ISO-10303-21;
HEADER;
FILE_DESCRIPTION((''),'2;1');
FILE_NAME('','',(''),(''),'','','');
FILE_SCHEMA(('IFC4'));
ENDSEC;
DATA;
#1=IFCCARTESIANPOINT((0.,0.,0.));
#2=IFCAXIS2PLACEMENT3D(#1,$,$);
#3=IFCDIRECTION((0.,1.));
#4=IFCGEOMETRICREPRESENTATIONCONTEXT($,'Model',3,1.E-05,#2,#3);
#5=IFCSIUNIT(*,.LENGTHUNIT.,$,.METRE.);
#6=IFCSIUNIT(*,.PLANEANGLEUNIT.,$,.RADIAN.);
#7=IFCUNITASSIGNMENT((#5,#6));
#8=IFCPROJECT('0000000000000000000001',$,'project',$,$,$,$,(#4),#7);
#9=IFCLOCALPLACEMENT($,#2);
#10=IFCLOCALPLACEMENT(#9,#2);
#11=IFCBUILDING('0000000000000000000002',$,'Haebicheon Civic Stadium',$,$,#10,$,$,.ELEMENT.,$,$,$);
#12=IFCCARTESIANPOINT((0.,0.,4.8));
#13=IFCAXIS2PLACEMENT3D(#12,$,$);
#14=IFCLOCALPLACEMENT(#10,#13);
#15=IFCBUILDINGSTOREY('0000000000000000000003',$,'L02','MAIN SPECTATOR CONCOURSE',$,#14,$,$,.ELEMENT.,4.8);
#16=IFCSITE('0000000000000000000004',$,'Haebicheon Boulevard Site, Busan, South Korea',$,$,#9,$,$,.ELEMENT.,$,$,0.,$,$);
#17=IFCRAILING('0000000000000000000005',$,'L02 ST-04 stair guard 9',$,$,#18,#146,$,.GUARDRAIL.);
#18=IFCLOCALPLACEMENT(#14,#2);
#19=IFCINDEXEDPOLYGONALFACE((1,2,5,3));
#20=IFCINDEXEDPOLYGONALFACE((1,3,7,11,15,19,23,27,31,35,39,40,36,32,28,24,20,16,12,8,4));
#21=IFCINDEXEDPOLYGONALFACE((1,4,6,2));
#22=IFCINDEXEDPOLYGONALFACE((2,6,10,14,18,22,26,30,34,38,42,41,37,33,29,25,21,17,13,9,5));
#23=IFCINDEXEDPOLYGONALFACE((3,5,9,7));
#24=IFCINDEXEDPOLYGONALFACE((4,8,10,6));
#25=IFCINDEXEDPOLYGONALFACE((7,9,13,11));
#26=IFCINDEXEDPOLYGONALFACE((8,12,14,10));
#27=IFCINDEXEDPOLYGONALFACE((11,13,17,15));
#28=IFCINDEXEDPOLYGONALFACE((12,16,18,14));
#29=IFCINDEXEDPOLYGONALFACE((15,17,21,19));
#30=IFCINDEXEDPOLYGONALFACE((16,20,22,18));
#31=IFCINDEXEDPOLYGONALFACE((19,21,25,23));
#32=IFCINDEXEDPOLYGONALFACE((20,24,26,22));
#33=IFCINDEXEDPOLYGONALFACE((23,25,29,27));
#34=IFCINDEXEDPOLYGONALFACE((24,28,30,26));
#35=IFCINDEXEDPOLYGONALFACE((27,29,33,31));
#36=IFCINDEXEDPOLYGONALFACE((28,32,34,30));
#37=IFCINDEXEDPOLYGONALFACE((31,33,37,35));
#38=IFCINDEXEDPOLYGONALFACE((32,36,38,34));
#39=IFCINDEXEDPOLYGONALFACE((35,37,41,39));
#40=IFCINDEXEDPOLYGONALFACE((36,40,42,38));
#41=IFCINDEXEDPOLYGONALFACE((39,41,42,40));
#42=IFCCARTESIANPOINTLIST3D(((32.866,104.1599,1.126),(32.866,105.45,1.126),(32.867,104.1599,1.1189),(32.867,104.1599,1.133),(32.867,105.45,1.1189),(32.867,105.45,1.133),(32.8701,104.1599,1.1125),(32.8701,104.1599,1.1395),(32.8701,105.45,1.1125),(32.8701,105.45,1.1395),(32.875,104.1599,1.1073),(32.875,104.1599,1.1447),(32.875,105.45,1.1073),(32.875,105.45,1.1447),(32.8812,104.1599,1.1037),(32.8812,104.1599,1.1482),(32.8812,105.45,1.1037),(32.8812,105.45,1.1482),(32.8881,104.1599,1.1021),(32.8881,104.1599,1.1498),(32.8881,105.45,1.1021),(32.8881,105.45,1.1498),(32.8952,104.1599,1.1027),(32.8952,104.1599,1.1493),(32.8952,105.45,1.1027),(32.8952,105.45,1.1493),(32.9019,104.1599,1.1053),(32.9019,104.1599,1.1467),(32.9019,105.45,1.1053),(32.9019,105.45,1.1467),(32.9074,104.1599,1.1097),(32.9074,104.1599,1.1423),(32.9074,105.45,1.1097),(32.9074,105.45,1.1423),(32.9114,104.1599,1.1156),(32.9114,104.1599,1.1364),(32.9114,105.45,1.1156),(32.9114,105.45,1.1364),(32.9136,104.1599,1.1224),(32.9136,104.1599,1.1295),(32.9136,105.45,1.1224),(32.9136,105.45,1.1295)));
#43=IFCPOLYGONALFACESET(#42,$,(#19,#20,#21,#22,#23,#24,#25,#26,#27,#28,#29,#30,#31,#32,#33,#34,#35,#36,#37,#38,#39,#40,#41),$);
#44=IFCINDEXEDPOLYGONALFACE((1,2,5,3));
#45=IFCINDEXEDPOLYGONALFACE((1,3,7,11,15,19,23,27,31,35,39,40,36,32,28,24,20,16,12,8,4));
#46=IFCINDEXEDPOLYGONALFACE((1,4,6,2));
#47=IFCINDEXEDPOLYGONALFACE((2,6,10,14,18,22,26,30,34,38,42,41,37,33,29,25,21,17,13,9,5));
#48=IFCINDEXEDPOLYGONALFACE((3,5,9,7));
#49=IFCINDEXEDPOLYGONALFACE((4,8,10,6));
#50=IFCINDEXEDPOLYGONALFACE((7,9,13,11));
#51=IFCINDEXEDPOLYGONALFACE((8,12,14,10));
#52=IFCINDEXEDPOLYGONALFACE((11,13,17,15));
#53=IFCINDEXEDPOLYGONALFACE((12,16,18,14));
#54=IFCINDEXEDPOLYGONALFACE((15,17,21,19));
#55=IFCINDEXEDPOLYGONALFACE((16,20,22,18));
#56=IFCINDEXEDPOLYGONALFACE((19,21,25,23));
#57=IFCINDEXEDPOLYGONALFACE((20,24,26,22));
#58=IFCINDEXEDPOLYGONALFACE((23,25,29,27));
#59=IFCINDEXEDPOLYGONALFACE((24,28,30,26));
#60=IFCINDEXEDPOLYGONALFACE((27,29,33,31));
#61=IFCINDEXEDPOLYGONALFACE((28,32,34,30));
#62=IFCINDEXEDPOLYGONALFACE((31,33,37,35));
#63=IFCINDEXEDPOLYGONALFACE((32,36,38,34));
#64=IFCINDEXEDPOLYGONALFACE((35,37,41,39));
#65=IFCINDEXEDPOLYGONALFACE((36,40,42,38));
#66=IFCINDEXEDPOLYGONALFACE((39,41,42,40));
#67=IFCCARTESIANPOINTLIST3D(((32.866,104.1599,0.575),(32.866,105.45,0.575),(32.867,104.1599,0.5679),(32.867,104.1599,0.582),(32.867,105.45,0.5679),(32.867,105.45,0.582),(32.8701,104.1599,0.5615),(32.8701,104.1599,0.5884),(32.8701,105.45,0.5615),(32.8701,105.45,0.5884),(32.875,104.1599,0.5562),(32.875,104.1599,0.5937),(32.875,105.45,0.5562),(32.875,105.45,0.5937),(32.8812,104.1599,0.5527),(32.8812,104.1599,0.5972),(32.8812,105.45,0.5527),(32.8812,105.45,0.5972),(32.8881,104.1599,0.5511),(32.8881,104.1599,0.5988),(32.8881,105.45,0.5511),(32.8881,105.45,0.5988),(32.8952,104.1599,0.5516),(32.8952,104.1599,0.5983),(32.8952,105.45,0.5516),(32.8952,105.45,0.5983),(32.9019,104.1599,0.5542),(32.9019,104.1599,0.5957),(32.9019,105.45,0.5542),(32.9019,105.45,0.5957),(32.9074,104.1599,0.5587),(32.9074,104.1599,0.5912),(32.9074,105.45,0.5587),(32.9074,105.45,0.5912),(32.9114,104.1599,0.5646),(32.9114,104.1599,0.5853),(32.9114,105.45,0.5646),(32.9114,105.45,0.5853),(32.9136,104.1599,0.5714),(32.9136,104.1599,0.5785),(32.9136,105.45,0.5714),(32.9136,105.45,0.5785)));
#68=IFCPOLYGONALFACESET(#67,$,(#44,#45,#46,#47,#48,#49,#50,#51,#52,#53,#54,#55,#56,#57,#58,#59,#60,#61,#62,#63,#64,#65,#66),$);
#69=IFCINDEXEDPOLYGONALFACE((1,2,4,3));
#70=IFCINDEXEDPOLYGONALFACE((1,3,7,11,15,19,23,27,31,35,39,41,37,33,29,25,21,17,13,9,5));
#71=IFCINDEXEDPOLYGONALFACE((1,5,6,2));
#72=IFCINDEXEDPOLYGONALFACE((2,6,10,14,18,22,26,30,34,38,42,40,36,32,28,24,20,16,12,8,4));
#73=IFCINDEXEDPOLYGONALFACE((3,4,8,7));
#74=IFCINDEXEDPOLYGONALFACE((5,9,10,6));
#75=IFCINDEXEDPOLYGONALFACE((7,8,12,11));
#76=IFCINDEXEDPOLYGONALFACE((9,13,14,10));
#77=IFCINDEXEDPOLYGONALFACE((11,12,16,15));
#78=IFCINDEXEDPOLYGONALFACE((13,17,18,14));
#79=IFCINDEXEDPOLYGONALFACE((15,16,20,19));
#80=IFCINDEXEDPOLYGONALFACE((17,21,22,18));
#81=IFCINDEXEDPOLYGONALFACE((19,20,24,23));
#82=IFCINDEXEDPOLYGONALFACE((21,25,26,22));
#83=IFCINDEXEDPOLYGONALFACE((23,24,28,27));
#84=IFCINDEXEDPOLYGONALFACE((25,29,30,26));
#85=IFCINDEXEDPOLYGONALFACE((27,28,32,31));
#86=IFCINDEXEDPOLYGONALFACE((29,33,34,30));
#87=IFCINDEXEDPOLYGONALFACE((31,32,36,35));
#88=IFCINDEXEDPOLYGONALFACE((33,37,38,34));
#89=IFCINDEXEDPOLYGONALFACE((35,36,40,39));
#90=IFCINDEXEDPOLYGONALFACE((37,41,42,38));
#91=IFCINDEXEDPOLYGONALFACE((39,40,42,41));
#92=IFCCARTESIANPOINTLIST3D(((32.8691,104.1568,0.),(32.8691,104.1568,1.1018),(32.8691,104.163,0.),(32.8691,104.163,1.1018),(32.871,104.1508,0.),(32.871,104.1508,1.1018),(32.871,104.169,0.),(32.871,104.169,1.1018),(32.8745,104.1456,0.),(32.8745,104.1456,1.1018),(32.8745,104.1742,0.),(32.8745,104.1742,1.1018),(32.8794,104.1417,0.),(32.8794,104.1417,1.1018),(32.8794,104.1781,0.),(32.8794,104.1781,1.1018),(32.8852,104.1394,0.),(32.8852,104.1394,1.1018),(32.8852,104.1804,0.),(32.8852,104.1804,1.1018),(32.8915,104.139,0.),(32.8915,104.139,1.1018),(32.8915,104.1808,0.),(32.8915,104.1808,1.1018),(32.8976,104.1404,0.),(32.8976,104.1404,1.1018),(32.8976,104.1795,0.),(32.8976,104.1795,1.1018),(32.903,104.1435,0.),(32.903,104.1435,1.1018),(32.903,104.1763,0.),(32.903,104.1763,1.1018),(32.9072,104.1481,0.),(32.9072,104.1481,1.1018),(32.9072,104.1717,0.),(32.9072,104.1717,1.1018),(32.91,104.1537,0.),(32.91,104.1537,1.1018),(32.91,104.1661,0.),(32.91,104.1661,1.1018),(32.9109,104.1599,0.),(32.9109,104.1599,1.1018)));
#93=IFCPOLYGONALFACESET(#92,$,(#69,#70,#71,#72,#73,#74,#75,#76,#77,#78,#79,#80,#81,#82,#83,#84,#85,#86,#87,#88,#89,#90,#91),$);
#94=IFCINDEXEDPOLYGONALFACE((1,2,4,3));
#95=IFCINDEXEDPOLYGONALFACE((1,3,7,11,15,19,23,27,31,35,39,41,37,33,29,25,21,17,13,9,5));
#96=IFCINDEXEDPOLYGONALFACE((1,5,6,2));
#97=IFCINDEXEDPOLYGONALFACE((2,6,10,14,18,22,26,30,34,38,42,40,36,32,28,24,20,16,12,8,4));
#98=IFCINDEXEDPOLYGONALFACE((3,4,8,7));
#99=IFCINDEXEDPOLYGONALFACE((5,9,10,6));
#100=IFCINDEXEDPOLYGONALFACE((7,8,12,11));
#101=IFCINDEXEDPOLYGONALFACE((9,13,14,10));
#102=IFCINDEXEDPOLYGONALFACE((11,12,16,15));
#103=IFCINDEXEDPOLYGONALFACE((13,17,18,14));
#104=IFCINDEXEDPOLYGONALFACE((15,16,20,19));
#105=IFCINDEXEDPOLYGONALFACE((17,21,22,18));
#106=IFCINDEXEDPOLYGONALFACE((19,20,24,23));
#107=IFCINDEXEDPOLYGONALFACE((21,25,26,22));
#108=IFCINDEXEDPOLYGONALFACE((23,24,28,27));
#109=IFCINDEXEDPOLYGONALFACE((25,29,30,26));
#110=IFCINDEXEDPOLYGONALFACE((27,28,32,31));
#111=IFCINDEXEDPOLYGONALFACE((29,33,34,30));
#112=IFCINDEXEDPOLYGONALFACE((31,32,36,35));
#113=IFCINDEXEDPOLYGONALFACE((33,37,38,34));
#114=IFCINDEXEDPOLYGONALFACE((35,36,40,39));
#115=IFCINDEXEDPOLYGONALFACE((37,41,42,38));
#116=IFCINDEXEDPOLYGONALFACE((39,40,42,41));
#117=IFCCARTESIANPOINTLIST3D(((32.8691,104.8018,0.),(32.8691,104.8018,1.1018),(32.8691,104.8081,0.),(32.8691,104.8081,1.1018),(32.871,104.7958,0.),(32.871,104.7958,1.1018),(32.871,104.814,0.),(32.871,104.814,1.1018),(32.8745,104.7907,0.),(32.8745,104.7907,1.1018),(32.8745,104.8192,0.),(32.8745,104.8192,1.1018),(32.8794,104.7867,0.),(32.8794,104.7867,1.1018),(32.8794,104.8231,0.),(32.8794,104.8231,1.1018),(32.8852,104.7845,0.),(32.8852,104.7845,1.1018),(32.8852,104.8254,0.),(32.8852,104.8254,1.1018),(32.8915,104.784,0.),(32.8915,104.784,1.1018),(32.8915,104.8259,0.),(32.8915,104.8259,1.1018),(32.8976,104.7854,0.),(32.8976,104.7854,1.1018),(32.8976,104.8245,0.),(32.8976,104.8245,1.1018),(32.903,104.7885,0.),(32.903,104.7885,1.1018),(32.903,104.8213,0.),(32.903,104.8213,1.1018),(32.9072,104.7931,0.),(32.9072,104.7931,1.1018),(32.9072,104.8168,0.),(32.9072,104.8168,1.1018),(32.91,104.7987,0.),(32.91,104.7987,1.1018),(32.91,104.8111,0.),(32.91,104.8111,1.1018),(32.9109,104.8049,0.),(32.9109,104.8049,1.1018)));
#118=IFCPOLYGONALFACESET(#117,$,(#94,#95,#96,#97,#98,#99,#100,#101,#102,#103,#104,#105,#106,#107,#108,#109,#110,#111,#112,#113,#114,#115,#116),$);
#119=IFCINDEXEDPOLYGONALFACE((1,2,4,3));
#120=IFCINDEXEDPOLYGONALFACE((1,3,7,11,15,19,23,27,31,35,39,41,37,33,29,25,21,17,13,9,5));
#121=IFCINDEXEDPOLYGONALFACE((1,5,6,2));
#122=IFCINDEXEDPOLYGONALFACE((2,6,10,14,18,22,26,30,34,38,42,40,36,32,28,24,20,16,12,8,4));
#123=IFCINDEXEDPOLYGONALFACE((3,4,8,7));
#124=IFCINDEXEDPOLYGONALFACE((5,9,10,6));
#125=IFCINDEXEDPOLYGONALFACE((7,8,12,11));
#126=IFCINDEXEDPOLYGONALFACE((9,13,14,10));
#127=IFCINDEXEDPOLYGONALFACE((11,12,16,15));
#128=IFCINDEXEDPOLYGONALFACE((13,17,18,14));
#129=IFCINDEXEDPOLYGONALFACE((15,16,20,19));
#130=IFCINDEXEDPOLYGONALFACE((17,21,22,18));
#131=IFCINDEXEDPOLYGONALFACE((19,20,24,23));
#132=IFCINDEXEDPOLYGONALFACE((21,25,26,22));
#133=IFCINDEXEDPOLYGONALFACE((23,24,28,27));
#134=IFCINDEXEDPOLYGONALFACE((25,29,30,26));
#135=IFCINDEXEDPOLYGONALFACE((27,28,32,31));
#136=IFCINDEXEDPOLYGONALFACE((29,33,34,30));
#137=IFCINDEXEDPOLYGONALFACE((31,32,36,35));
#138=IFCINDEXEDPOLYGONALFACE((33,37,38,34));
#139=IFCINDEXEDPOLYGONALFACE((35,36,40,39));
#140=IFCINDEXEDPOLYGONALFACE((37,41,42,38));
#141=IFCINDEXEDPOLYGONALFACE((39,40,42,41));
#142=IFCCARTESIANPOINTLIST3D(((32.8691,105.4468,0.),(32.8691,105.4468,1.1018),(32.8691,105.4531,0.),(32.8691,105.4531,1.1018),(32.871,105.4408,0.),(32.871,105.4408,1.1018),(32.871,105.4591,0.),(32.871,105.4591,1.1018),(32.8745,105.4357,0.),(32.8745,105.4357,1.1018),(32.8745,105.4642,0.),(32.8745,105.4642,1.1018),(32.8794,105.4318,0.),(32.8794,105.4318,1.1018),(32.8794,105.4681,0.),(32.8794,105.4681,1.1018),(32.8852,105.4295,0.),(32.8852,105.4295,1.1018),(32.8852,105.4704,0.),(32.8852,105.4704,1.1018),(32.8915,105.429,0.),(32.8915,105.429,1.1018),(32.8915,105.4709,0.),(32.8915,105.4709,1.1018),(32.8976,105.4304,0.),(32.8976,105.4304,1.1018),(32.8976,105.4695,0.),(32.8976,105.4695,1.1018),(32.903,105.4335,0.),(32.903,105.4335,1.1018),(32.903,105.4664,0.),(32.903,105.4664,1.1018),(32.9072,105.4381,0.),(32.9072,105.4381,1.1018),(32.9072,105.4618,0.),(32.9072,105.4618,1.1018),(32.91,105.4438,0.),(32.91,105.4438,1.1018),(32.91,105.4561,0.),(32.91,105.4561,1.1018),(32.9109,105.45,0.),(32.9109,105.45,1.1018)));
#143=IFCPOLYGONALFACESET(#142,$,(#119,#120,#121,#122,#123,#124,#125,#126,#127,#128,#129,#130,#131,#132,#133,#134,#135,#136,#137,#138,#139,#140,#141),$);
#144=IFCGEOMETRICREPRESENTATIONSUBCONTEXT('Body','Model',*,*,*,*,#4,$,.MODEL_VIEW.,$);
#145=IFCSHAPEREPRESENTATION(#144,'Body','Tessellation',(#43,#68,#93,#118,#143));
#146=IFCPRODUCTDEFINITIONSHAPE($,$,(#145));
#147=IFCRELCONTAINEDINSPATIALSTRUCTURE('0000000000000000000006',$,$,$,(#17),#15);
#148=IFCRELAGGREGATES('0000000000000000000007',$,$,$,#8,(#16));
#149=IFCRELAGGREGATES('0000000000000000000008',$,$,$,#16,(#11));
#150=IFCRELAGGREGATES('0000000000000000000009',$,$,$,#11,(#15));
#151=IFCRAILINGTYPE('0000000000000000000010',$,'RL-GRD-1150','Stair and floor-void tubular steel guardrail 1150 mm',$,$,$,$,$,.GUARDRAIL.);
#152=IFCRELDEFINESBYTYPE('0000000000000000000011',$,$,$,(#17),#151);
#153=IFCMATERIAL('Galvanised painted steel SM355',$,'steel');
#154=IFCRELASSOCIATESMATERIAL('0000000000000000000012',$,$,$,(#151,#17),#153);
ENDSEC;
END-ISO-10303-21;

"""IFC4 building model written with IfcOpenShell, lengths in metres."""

from ifc_helpers import new_model, si_unit, direction, frame, origin, origin_2d, place, context, subcontext, project, spatial, circle, extrude, material, type_object, element, save


model = new_model("IFC4")

# Units and contexts
model_context = context("Model", 3, precision=1e-05, world=origin(), true_north=direction((0.0, 1.0)))
body_context = subcontext(model_context, "Body", "Model", "MODEL_VIEW")
ifc_project = project(units=[si_unit("LENGTHUNIT", "METRE"), si_unit("PLANEANGLEUNIT", "RADIAN")], contexts=[model_context])

# Site, building, storey
site_placement = place(None, origin())
site = spatial("IfcSite", under=ifc_project, at=site_placement, Name="Haebicheon Boulevard Site, Busan, South Korea", CompositionType="ELEMENT", RefElevation=0.0)
building_placement = place(site_placement, origin())
building = spatial("IfcBuilding", under=site, at=building_placement, Name="Haebicheon Civic Stadium", CompositionType="ELEMENT")
storey_placement = place(building_placement, frame((0.0, 0.0, 4.8)))
storey = spatial("IfcBuildingStorey", under=building, at=storey_placement, Name="L02", Description="MAIN SPECTATOR CONCOURSE", CompositionType="ELEMENT", Elevation=4.8)

# Railing
ifc_material_1 = material(Name="Galvanised painted steel SM355", Category="steel")
railing_type = type_object("IfcRailingType", Name="RL-GRD-1150", Description="Stair and floor-void tubular steel guardrail 1150 mm", PredefinedType="GUARDRAIL", material=ifc_material_1)
for number, where, name in (
    (1, (32.8899, 104.1599, 0.0), "L02 ST-04 stair guard 9"),
):
    element("IfcRailing", number, at=place(storey_placement, frame(where)), inside=storey, type_object=railing_type, material=ifc_material_1, Name=name, PredefinedType="GUARDRAIL", context=body_context, shape_type="SweptSolid", body=[
        extrude(circle(Radius=0.0239, at=origin_2d()), frame((0.0, 0.0, 1.126), z_axis=(0.0, 1.0, 0.0), x_axis=(-1.0, 0.0, 0.0)), (0.0, 0.0, 1.0), 1.29),
        extrude(circle(Radius=0.0239, at=origin_2d()), frame((0.0, 0.0, 0.575), z_axis=(0.0, 1.0, 0.0), x_axis=(-1.0, 0.0, 0.0)), (0.0, 0.0, 1.0), 1.29),
        extrude(circle(Radius=0.021, at=origin_2d()), origin(), (0.0, 0.0, 1.0), 1.1018),
        extrude(circle(Radius=0.021, at=origin_2d()), frame((0.0, 0.645, 0.0)), (0.0, 0.0, 1.0), 1.1018),
        extrude(circle(Radius=0.021, at=origin_2d()), frame((0.0, 1.29, 0.0)), (0.0, 0.0, 1.0), 1.1018),
    ])

save(model, "model.ifc")
